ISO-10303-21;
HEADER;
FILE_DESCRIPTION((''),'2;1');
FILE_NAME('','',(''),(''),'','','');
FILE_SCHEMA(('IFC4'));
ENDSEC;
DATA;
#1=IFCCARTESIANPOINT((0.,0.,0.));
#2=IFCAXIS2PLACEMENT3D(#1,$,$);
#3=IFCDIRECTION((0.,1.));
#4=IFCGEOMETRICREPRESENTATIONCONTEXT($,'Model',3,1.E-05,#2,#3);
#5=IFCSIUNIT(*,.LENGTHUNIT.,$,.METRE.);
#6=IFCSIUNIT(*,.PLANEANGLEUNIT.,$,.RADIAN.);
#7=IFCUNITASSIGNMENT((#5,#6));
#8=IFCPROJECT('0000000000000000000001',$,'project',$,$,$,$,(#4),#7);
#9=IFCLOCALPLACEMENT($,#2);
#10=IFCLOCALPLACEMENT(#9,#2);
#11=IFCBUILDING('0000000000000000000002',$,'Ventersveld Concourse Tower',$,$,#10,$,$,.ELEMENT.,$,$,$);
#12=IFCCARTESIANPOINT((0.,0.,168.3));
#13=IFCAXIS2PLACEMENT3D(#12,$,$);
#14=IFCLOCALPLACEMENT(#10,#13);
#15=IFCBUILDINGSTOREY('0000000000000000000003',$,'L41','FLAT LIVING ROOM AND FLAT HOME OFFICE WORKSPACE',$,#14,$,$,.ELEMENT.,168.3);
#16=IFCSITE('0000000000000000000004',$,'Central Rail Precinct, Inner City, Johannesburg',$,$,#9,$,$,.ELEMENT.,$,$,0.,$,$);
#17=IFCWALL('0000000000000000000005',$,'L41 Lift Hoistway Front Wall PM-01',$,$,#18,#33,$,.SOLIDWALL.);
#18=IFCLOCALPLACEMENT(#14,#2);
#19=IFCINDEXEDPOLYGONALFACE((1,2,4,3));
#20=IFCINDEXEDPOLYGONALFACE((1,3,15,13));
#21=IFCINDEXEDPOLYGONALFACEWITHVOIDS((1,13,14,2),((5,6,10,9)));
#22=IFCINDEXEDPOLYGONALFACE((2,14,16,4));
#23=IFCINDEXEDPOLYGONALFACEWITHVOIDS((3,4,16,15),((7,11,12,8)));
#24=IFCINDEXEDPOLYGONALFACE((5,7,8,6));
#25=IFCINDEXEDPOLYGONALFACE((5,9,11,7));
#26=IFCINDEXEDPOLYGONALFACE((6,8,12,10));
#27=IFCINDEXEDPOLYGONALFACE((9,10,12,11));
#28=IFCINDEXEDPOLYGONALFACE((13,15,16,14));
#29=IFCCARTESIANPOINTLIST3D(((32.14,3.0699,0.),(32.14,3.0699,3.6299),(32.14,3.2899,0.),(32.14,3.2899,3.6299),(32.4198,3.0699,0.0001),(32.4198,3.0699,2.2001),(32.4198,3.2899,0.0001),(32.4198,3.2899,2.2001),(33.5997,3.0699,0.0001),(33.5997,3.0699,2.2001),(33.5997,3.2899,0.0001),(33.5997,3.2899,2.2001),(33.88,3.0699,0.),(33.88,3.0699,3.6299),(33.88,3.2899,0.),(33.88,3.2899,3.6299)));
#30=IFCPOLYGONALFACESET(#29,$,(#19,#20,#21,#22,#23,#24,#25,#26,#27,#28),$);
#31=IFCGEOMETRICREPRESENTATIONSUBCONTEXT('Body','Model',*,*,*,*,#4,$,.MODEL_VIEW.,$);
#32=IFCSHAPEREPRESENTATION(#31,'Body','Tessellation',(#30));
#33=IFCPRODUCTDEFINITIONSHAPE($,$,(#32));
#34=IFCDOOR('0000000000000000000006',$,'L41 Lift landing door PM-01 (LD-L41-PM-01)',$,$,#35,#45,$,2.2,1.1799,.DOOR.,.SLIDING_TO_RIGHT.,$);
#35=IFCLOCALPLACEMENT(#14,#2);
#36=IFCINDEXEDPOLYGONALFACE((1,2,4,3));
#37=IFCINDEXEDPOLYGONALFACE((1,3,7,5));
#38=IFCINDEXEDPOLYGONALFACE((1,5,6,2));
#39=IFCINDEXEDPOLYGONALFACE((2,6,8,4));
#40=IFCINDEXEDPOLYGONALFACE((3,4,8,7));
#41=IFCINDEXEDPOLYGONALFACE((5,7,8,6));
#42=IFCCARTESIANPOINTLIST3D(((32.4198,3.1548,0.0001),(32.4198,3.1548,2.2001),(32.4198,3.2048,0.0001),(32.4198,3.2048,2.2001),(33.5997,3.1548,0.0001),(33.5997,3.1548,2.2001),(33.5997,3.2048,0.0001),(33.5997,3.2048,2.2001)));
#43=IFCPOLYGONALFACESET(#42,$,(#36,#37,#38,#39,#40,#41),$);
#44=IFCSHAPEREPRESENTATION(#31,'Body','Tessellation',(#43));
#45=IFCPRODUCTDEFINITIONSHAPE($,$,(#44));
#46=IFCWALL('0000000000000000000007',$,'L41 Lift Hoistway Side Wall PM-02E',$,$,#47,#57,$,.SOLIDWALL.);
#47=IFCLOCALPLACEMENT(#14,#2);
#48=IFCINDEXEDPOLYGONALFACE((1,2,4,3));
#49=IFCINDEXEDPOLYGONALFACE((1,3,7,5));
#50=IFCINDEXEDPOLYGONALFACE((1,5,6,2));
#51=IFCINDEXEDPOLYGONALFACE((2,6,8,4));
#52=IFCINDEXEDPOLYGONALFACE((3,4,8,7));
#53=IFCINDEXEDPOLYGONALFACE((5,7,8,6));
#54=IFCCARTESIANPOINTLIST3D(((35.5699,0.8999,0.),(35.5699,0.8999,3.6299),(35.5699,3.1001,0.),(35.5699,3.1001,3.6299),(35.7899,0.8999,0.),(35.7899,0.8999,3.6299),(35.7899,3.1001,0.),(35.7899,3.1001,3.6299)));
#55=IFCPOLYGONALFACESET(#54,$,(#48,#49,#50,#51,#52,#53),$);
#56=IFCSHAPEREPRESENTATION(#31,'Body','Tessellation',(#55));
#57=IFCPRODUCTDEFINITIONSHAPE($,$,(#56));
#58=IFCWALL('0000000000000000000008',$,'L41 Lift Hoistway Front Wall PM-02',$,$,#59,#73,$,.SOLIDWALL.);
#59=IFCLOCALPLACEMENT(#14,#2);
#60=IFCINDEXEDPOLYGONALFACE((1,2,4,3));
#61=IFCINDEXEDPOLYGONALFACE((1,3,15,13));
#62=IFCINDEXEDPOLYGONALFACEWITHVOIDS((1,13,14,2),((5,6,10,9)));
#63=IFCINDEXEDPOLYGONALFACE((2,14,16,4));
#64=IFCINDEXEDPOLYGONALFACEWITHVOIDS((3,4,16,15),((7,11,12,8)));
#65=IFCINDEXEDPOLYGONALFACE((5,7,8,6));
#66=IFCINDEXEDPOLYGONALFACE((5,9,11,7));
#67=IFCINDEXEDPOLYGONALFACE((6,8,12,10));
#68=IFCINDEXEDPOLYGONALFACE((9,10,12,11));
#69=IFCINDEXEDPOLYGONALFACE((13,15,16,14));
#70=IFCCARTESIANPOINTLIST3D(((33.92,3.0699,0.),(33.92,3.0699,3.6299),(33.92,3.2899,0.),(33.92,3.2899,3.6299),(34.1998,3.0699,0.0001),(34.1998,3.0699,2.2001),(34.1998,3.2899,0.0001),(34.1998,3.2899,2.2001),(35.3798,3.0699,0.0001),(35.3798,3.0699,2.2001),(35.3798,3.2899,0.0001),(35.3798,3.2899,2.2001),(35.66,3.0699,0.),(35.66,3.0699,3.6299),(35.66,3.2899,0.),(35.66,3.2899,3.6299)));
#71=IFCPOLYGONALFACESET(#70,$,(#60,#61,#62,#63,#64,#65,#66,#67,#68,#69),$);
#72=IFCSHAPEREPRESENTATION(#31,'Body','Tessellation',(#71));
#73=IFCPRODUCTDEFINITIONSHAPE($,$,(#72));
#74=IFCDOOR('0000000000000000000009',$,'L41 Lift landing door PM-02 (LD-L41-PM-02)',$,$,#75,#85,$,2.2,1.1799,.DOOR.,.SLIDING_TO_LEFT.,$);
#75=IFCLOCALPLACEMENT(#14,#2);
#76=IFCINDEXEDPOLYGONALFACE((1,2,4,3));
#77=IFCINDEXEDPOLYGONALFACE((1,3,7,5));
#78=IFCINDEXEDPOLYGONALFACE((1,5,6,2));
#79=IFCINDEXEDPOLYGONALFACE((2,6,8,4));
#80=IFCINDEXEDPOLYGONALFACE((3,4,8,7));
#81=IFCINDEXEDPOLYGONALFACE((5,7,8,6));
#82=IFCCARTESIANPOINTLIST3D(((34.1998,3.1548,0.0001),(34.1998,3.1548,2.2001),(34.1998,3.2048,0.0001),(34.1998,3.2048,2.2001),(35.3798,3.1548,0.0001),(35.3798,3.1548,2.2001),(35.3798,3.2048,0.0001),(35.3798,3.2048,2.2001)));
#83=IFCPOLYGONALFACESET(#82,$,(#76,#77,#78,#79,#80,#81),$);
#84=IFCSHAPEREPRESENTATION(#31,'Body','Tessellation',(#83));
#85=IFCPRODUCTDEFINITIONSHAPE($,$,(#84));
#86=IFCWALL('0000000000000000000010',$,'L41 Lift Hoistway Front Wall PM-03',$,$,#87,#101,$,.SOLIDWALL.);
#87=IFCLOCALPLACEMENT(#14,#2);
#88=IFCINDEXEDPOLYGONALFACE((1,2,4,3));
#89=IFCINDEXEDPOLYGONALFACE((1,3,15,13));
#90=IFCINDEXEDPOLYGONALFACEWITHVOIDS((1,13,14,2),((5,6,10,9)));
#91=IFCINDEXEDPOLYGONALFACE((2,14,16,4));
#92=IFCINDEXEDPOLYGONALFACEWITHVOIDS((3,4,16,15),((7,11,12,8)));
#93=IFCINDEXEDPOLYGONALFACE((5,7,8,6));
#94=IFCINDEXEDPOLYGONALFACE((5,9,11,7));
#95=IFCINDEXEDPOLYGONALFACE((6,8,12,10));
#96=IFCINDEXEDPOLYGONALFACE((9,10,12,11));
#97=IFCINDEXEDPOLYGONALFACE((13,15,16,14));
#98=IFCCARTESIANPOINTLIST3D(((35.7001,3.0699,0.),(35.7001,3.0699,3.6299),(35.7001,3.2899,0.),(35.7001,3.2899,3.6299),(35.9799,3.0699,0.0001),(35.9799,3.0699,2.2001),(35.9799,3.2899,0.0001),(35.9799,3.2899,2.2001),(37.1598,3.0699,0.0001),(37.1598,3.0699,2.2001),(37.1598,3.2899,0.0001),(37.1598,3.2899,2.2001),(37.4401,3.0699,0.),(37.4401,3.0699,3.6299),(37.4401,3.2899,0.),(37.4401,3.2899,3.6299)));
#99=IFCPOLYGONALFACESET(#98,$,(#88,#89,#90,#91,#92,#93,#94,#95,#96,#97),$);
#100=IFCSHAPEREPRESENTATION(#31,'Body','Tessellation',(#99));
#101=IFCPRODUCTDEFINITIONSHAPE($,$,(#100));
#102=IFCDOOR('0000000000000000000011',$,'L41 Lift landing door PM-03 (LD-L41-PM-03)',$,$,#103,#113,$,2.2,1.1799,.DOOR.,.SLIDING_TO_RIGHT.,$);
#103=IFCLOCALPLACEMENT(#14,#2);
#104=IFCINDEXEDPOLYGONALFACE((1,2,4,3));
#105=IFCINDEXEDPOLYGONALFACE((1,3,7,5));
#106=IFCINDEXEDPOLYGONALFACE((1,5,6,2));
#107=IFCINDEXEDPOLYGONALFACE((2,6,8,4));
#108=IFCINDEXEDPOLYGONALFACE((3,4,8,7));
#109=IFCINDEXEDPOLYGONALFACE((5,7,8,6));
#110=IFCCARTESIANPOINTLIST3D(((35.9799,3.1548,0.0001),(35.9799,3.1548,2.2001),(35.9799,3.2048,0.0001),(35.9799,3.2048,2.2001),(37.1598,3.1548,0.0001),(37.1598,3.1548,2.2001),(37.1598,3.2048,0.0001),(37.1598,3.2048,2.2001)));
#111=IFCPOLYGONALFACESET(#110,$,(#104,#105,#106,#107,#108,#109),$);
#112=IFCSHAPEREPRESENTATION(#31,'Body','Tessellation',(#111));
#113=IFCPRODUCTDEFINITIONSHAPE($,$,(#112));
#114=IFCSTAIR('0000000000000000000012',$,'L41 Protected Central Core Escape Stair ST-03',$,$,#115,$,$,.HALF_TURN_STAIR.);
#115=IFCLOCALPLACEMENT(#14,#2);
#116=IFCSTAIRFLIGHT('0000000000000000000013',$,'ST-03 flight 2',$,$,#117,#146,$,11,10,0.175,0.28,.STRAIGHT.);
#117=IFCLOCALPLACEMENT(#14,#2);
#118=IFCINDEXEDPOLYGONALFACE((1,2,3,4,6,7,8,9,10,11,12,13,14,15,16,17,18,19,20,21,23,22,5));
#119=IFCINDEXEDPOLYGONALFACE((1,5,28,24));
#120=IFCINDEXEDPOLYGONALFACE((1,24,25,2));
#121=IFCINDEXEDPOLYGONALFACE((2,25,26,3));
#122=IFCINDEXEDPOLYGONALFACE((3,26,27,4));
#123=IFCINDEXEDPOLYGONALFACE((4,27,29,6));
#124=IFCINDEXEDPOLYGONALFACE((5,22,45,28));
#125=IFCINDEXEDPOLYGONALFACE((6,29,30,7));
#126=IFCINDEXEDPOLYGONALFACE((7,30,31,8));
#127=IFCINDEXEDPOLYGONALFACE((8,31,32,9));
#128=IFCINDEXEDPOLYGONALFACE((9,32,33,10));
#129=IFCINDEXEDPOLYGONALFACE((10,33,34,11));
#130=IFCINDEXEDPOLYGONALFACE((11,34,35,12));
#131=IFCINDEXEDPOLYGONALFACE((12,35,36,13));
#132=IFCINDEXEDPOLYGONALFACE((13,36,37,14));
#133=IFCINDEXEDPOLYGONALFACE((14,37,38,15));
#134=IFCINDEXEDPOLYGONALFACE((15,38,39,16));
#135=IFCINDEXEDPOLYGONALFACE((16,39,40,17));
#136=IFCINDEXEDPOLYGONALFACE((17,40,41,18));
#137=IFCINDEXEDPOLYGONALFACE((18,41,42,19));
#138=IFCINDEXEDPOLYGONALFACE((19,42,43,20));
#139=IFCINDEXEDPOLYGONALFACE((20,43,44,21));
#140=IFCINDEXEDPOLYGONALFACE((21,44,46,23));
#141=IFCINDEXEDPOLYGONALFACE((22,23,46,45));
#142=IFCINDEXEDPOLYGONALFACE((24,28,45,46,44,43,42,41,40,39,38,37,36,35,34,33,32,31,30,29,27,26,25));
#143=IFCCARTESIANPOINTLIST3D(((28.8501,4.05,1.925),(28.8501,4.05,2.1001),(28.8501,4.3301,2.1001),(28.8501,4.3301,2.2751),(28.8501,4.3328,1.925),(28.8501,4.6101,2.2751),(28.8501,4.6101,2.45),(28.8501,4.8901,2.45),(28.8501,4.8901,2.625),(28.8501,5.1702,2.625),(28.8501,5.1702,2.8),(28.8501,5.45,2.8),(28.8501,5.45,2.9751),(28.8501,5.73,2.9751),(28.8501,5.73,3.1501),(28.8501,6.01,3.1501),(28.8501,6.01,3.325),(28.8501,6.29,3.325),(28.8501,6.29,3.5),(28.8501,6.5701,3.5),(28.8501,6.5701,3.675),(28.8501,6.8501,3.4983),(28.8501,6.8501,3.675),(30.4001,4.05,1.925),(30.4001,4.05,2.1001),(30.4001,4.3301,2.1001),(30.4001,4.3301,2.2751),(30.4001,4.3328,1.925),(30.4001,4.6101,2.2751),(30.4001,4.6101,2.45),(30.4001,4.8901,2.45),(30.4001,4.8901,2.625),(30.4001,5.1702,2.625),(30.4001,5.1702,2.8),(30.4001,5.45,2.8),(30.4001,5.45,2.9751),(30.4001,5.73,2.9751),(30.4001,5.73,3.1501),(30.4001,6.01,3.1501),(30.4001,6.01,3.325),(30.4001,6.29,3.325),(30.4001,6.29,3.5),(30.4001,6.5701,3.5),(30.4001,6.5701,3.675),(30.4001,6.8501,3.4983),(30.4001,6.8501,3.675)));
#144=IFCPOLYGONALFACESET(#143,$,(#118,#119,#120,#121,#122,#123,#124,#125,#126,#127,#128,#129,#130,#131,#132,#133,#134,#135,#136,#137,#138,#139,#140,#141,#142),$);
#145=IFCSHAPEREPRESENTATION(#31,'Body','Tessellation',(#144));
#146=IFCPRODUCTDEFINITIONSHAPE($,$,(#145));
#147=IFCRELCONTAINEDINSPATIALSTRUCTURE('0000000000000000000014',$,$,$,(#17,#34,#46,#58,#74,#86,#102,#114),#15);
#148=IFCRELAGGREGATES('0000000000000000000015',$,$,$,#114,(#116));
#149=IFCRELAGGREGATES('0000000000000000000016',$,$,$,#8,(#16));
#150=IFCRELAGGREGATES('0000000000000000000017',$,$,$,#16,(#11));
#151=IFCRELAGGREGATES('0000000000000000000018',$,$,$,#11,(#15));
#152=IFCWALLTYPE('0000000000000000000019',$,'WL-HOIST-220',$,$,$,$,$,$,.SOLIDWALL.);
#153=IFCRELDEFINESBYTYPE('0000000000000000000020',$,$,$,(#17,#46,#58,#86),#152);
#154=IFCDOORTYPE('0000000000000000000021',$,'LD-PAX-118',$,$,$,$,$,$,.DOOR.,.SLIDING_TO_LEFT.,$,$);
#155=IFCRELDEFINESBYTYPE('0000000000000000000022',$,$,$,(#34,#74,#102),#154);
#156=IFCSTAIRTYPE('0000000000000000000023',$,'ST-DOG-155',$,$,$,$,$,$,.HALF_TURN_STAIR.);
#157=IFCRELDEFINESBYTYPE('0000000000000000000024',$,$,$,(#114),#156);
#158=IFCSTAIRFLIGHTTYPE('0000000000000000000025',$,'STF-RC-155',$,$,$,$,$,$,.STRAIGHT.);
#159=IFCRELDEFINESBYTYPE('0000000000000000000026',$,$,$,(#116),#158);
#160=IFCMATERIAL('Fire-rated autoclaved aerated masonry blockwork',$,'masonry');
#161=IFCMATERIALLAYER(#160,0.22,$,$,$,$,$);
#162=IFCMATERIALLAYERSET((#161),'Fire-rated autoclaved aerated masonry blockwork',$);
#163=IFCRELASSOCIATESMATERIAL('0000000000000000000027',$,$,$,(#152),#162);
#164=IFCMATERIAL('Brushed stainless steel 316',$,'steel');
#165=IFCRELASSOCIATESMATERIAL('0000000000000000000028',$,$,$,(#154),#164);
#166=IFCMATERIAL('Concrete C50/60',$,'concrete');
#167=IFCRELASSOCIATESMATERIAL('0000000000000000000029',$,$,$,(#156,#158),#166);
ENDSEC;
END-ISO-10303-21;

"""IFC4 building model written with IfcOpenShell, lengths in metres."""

from ifc_helpers import new_model, si_unit, direction, frame, frame_2d, origin, place, context, subcontext, project, spatial, polyline, rectangle, outline, extrude, material, layer, layer_set, type_object, element, fill, aggregate, save


model = new_model("IFC4")

# Units and contexts
model_context = context("Model", 3, precision=1e-05, world=origin(), true_north=direction((0.0, 1.0)))
body_context = subcontext(model_context, "Body", "Model", "MODEL_VIEW")
ifc_project = project(units=[si_unit("LENGTHUNIT", "METRE"), si_unit("PLANEANGLEUNIT", "RADIAN")], contexts=[model_context])

# Site, building, storey
site_placement = place(None, origin())
site = spatial("IfcSite", under=ifc_project, at=site_placement, Name="Central Rail Precinct, Inner City, Johannesburg", CompositionType="ELEMENT", RefElevation=0.0)
building_placement = place(site_placement, origin())
building = spatial("IfcBuilding", under=site, at=building_placement, Name="Ventersveld Concourse Tower", CompositionType="ELEMENT")
storey_placement = place(building_placement, frame((0.0, 0.0, 168.3)))
storey = spatial("IfcBuildingStorey", under=building, at=storey_placement, Name="L41", Description="FLAT LIVING ROOM AND FLAT HOME OFFICE WORKSPACE", CompositionType="ELEMENT", Elevation=168.3)

# Shared definitions
ifc_material_1 = material(Name="Concrete C50/60", Category="concrete")

# Shared definitions
ifc_material_2 = material(Name="Fire-rated autoclaved aerated masonry blockwork", Category="masonry")
ifc_layer_1 = layer(ifc_material_2, 0.22)
ifc_layer_set_1 = layer_set([ifc_layer_1], Name="Fire-rated autoclaved aerated masonry blockwork")
wall_type_1 = type_object("IfcWallType", Name="WL-HOIST-220", PredefinedType="SOLIDWALL", material=ifc_layer_set_1)

# Wall, opening, door
wall_1_placement = place(storey_placement, frame((32.1399, 3.1799, 0.0), z_axis=(0.0, 0.0, 1.0), x_axis=(1.0, 0.0, 0.0)))
wall_1 = element("IfcWall", 1, at=wall_1_placement, inside=storey, type_object=wall_type_1, Name="L41 Lift Hoistway Front Wall PM-01", PredefinedType="SOLIDWALL", context=body_context, shape_type="SweptSolid", body=[
    extrude(rectangle(XDim=1.74, YDim=0.22, at=frame_2d((0.8701, 0.0))), origin(), (0.0, 0.0, 1.0), 3.6299),
])
opening_1_placement = place(wall_1_placement, frame((0.28, 0.0, 0.0)))
opening_1 = element("IfcOpeningElement", 2, at=opening_1_placement, cuts=wall_1, PredefinedType="OPENING", context=body_context, shape_type="SweptSolid", body=[
    extrude(rectangle(XDim=1.1799, YDim=2.2, at=frame_2d((0.5898, 1.1001))), frame((0.0, 0.1201, 0.0), z_axis=(0.0, -1.0, 0.0), x_axis=(1.0, 0.0, 0.0)), (0.0, 0.0, 1.0), 0.24),
])
ifc_material_3 = material(Name="Brushed stainless steel 316", Category="steel")
door_type = type_object("IfcDoorType", Name="LD-PAX-118", OperationType="SLIDING_TO_LEFT", PredefinedType="DOOR", material=ifc_material_3)
door_1_placement = place(opening_1_placement, origin())
door_1 = element("IfcDoor", 3, at=door_1_placement, inside=storey, type_object=door_type, Name="L41 Lift landing door PM-01 (LD-L41-PM-01)", OperationType="SLIDING_TO_RIGHT", OverallHeight=2.2, OverallWidth=1.1799, PredefinedType="DOOR", context=body_context, shape_type="SweptSolid", body=[
    extrude(rectangle(XDim=1.1799, YDim=2.2, at=frame_2d((0.5898, 1.1001))), frame((0.0, 0.0249, 0.0), z_axis=(0.0, -1.0, 0.0), x_axis=(1.0, 0.0, 0.0)), (0.0, 0.0, 1.0), 0.05),
])
fill(opening_1, door_1)

# Wall
wall_2_placement = place(storey_placement, frame((35.6799, 0.8999, 0.0), z_axis=(0.0, 0.0, 1.0), x_axis=(0.0, 1.0, 0.0)))
element("IfcWall", 4, at=wall_2_placement, inside=storey, type_object=wall_type_1, Name="L41 Lift Hoistway Side Wall PM-02E", PredefinedType="SOLIDWALL", context=body_context, shape_type="SweptSolid", body=[
    extrude(rectangle(XDim=2.2002, YDim=0.22, at=frame_2d((1.1001, 0.0))), origin(), (0.0, 0.0, 1.0), 3.6299),
])

# Walls, openings, doors
wall_3_placement = place(storey_placement, frame((33.9199, 3.1799, 0.0), z_axis=(0.0, 0.0, 1.0), x_axis=(1.0, 0.0, 0.0)))
wall_3 = element("IfcWall", 5, at=wall_3_placement, inside=storey, type_object=wall_type_1, Name="L41 Lift Hoistway Front Wall PM-02", PredefinedType="SOLIDWALL", context=body_context, shape_type="SweptSolid", body=[
    extrude(rectangle(XDim=1.74, YDim=0.22, at=frame_2d((0.8701, 0.0))), origin(), (0.0, 0.0, 1.0), 3.6299),
])
opening_2_placement = place(wall_3_placement, frame((0.28, 0.0, 0.0)))
opening_2 = element("IfcOpeningElement", 6, at=opening_2_placement, cuts=wall_3, PredefinedType="OPENING", context=body_context, shape_type="SweptSolid", body=[
    extrude(rectangle(XDim=1.1799, YDim=2.2, at=frame_2d((0.5898, 1.1001))), frame((0.0, 0.1201, 0.0), z_axis=(0.0, -1.0, 0.0), x_axis=(1.0, 0.0, 0.0)), (0.0, 0.0, 1.0), 0.24),
])
door_2_placement = place(opening_2_placement, origin())
door_2 = element("IfcDoor", 7, at=door_2_placement, inside=storey, type_object=door_type, Name="L41 Lift landing door PM-02 (LD-L41-PM-02)", OperationType="SLIDING_TO_LEFT", OverallHeight=2.2, OverallWidth=1.1799, PredefinedType="DOOR", context=body_context, shape_type="SweptSolid", body=[
    extrude(rectangle(XDim=1.1799, YDim=2.2, at=frame_2d((0.5898, 1.1001))), frame((0.0, 0.0249, 0.0), z_axis=(0.0, -1.0, 0.0), x_axis=(1.0, 0.0, 0.0)), (0.0, 0.0, 1.0), 0.05),
])
fill(opening_2, door_2)
wall_4_placement = place(storey_placement, frame((35.7, 3.1799, 0.0), z_axis=(0.0, 0.0, 1.0), x_axis=(1.0, 0.0, 0.0)))
wall_4 = element("IfcWall", 8, at=wall_4_placement, inside=storey, type_object=wall_type_1, Name="L41 Lift Hoistway Front Wall PM-03", PredefinedType="SOLIDWALL", context=body_context, shape_type="SweptSolid", body=[
    extrude(rectangle(XDim=1.74, YDim=0.22, at=frame_2d((0.8701, 0.0))), origin(), (0.0, 0.0, 1.0), 3.6299),
])
opening_3_placement = place(wall_4_placement, frame((0.28, 0.0, 0.0)))
opening_3 = element("IfcOpeningElement", 9, at=opening_3_placement, cuts=wall_4, PredefinedType="OPENING", context=body_context, shape_type="SweptSolid", body=[
    extrude(rectangle(XDim=1.1799, YDim=2.2, at=frame_2d((0.5898, 1.1001))), frame((0.0, 0.1201, 0.0), z_axis=(0.0, -1.0, 0.0), x_axis=(1.0, 0.0, 0.0)), (0.0, 0.0, 1.0), 0.24),
])
door_3_placement = place(opening_3_placement, origin())
door_3 = element("IfcDoor", 10, at=door_3_placement, inside=storey, type_object=door_type, Name="L41 Lift landing door PM-03 (LD-L41-PM-03)", OperationType="SLIDING_TO_RIGHT", OverallHeight=2.2, OverallWidth=1.1799, PredefinedType="DOOR", context=body_context, shape_type="SweptSolid", body=[
    extrude(rectangle(XDim=1.1799, YDim=2.2, at=frame_2d((0.5898, 1.1001))), frame((0.0, 0.0249, 0.0), z_axis=(0.0, -1.0, 0.0), x_axis=(1.0, 0.0, 0.0)), (0.0, 0.0, 1.0), 0.05),
])
fill(opening_3, door_3)

# Stair, stair flight
stair_type = type_object("IfcStairType", Name="ST-DOG-155", PredefinedType="HALF_TURN_STAIR", material=ifc_material_1)
stair_placement = place(storey_placement, origin())
stair = element("IfcStair", 11, at=stair_placement, inside=storey, type_object=stair_type, Name="L41 Protected Central Core Escape Stair ST-03", PredefinedType="HALF_TURN_STAIR")
stair_flight_type = type_object("IfcStairFlightType", Name="STF-RC-155", PredefinedType="STRAIGHT", material=ifc_material_1)
stair_flight_placement = place(storey_placement, frame((29.625, 4.05, 1.925), z_axis=(0.0, 0.0, 1.0), x_axis=(0.0, 1.0, 0.0)))
stair_flight = element("IfcStairFlight", 12, at=stair_flight_placement, type_object=stair_flight_type, Name="ST-03 flight 2", NumberOfRisers=11, NumberOfTreads=10, PredefinedType="STRAIGHT", RiserHeight=0.175, TreadLength=0.28, context=body_context, shape_type="SweptSolid", body=[
    extrude(outline(polyline([(0.0, 0.0), (0.0, 0.175), (0.28, 0.175), (0.28, 0.3501), (0.5601, 0.3501), (0.5601, 0.5249), (0.8401, 0.5249), (0.8401, 0.7), (1.1201, 0.7), (1.1201, 0.875), (1.3999, 0.875), (1.3999, 1.05), (1.6799, 1.05), (1.6799, 1.2251), (1.96, 1.2251), (1.96, 1.3999), (2.24, 1.3999), (2.24, 1.575), (2.52, 1.575), (2.52, 1.75), (2.8, 1.75), (2.8, 1.925), (2.8, 1.5732), (0.2827, 0.0), (0.0, 0.0)])), frame((0.0, 0.7749, 0.0), z_axis=(0.0, -1.0, 0.0), x_axis=(1.0, 0.0, 0.0)), (0.0, 0.0, 1.0), 1.55),
])
aggregate(stair, [stair_flight])

save(model, "model.ifc")
